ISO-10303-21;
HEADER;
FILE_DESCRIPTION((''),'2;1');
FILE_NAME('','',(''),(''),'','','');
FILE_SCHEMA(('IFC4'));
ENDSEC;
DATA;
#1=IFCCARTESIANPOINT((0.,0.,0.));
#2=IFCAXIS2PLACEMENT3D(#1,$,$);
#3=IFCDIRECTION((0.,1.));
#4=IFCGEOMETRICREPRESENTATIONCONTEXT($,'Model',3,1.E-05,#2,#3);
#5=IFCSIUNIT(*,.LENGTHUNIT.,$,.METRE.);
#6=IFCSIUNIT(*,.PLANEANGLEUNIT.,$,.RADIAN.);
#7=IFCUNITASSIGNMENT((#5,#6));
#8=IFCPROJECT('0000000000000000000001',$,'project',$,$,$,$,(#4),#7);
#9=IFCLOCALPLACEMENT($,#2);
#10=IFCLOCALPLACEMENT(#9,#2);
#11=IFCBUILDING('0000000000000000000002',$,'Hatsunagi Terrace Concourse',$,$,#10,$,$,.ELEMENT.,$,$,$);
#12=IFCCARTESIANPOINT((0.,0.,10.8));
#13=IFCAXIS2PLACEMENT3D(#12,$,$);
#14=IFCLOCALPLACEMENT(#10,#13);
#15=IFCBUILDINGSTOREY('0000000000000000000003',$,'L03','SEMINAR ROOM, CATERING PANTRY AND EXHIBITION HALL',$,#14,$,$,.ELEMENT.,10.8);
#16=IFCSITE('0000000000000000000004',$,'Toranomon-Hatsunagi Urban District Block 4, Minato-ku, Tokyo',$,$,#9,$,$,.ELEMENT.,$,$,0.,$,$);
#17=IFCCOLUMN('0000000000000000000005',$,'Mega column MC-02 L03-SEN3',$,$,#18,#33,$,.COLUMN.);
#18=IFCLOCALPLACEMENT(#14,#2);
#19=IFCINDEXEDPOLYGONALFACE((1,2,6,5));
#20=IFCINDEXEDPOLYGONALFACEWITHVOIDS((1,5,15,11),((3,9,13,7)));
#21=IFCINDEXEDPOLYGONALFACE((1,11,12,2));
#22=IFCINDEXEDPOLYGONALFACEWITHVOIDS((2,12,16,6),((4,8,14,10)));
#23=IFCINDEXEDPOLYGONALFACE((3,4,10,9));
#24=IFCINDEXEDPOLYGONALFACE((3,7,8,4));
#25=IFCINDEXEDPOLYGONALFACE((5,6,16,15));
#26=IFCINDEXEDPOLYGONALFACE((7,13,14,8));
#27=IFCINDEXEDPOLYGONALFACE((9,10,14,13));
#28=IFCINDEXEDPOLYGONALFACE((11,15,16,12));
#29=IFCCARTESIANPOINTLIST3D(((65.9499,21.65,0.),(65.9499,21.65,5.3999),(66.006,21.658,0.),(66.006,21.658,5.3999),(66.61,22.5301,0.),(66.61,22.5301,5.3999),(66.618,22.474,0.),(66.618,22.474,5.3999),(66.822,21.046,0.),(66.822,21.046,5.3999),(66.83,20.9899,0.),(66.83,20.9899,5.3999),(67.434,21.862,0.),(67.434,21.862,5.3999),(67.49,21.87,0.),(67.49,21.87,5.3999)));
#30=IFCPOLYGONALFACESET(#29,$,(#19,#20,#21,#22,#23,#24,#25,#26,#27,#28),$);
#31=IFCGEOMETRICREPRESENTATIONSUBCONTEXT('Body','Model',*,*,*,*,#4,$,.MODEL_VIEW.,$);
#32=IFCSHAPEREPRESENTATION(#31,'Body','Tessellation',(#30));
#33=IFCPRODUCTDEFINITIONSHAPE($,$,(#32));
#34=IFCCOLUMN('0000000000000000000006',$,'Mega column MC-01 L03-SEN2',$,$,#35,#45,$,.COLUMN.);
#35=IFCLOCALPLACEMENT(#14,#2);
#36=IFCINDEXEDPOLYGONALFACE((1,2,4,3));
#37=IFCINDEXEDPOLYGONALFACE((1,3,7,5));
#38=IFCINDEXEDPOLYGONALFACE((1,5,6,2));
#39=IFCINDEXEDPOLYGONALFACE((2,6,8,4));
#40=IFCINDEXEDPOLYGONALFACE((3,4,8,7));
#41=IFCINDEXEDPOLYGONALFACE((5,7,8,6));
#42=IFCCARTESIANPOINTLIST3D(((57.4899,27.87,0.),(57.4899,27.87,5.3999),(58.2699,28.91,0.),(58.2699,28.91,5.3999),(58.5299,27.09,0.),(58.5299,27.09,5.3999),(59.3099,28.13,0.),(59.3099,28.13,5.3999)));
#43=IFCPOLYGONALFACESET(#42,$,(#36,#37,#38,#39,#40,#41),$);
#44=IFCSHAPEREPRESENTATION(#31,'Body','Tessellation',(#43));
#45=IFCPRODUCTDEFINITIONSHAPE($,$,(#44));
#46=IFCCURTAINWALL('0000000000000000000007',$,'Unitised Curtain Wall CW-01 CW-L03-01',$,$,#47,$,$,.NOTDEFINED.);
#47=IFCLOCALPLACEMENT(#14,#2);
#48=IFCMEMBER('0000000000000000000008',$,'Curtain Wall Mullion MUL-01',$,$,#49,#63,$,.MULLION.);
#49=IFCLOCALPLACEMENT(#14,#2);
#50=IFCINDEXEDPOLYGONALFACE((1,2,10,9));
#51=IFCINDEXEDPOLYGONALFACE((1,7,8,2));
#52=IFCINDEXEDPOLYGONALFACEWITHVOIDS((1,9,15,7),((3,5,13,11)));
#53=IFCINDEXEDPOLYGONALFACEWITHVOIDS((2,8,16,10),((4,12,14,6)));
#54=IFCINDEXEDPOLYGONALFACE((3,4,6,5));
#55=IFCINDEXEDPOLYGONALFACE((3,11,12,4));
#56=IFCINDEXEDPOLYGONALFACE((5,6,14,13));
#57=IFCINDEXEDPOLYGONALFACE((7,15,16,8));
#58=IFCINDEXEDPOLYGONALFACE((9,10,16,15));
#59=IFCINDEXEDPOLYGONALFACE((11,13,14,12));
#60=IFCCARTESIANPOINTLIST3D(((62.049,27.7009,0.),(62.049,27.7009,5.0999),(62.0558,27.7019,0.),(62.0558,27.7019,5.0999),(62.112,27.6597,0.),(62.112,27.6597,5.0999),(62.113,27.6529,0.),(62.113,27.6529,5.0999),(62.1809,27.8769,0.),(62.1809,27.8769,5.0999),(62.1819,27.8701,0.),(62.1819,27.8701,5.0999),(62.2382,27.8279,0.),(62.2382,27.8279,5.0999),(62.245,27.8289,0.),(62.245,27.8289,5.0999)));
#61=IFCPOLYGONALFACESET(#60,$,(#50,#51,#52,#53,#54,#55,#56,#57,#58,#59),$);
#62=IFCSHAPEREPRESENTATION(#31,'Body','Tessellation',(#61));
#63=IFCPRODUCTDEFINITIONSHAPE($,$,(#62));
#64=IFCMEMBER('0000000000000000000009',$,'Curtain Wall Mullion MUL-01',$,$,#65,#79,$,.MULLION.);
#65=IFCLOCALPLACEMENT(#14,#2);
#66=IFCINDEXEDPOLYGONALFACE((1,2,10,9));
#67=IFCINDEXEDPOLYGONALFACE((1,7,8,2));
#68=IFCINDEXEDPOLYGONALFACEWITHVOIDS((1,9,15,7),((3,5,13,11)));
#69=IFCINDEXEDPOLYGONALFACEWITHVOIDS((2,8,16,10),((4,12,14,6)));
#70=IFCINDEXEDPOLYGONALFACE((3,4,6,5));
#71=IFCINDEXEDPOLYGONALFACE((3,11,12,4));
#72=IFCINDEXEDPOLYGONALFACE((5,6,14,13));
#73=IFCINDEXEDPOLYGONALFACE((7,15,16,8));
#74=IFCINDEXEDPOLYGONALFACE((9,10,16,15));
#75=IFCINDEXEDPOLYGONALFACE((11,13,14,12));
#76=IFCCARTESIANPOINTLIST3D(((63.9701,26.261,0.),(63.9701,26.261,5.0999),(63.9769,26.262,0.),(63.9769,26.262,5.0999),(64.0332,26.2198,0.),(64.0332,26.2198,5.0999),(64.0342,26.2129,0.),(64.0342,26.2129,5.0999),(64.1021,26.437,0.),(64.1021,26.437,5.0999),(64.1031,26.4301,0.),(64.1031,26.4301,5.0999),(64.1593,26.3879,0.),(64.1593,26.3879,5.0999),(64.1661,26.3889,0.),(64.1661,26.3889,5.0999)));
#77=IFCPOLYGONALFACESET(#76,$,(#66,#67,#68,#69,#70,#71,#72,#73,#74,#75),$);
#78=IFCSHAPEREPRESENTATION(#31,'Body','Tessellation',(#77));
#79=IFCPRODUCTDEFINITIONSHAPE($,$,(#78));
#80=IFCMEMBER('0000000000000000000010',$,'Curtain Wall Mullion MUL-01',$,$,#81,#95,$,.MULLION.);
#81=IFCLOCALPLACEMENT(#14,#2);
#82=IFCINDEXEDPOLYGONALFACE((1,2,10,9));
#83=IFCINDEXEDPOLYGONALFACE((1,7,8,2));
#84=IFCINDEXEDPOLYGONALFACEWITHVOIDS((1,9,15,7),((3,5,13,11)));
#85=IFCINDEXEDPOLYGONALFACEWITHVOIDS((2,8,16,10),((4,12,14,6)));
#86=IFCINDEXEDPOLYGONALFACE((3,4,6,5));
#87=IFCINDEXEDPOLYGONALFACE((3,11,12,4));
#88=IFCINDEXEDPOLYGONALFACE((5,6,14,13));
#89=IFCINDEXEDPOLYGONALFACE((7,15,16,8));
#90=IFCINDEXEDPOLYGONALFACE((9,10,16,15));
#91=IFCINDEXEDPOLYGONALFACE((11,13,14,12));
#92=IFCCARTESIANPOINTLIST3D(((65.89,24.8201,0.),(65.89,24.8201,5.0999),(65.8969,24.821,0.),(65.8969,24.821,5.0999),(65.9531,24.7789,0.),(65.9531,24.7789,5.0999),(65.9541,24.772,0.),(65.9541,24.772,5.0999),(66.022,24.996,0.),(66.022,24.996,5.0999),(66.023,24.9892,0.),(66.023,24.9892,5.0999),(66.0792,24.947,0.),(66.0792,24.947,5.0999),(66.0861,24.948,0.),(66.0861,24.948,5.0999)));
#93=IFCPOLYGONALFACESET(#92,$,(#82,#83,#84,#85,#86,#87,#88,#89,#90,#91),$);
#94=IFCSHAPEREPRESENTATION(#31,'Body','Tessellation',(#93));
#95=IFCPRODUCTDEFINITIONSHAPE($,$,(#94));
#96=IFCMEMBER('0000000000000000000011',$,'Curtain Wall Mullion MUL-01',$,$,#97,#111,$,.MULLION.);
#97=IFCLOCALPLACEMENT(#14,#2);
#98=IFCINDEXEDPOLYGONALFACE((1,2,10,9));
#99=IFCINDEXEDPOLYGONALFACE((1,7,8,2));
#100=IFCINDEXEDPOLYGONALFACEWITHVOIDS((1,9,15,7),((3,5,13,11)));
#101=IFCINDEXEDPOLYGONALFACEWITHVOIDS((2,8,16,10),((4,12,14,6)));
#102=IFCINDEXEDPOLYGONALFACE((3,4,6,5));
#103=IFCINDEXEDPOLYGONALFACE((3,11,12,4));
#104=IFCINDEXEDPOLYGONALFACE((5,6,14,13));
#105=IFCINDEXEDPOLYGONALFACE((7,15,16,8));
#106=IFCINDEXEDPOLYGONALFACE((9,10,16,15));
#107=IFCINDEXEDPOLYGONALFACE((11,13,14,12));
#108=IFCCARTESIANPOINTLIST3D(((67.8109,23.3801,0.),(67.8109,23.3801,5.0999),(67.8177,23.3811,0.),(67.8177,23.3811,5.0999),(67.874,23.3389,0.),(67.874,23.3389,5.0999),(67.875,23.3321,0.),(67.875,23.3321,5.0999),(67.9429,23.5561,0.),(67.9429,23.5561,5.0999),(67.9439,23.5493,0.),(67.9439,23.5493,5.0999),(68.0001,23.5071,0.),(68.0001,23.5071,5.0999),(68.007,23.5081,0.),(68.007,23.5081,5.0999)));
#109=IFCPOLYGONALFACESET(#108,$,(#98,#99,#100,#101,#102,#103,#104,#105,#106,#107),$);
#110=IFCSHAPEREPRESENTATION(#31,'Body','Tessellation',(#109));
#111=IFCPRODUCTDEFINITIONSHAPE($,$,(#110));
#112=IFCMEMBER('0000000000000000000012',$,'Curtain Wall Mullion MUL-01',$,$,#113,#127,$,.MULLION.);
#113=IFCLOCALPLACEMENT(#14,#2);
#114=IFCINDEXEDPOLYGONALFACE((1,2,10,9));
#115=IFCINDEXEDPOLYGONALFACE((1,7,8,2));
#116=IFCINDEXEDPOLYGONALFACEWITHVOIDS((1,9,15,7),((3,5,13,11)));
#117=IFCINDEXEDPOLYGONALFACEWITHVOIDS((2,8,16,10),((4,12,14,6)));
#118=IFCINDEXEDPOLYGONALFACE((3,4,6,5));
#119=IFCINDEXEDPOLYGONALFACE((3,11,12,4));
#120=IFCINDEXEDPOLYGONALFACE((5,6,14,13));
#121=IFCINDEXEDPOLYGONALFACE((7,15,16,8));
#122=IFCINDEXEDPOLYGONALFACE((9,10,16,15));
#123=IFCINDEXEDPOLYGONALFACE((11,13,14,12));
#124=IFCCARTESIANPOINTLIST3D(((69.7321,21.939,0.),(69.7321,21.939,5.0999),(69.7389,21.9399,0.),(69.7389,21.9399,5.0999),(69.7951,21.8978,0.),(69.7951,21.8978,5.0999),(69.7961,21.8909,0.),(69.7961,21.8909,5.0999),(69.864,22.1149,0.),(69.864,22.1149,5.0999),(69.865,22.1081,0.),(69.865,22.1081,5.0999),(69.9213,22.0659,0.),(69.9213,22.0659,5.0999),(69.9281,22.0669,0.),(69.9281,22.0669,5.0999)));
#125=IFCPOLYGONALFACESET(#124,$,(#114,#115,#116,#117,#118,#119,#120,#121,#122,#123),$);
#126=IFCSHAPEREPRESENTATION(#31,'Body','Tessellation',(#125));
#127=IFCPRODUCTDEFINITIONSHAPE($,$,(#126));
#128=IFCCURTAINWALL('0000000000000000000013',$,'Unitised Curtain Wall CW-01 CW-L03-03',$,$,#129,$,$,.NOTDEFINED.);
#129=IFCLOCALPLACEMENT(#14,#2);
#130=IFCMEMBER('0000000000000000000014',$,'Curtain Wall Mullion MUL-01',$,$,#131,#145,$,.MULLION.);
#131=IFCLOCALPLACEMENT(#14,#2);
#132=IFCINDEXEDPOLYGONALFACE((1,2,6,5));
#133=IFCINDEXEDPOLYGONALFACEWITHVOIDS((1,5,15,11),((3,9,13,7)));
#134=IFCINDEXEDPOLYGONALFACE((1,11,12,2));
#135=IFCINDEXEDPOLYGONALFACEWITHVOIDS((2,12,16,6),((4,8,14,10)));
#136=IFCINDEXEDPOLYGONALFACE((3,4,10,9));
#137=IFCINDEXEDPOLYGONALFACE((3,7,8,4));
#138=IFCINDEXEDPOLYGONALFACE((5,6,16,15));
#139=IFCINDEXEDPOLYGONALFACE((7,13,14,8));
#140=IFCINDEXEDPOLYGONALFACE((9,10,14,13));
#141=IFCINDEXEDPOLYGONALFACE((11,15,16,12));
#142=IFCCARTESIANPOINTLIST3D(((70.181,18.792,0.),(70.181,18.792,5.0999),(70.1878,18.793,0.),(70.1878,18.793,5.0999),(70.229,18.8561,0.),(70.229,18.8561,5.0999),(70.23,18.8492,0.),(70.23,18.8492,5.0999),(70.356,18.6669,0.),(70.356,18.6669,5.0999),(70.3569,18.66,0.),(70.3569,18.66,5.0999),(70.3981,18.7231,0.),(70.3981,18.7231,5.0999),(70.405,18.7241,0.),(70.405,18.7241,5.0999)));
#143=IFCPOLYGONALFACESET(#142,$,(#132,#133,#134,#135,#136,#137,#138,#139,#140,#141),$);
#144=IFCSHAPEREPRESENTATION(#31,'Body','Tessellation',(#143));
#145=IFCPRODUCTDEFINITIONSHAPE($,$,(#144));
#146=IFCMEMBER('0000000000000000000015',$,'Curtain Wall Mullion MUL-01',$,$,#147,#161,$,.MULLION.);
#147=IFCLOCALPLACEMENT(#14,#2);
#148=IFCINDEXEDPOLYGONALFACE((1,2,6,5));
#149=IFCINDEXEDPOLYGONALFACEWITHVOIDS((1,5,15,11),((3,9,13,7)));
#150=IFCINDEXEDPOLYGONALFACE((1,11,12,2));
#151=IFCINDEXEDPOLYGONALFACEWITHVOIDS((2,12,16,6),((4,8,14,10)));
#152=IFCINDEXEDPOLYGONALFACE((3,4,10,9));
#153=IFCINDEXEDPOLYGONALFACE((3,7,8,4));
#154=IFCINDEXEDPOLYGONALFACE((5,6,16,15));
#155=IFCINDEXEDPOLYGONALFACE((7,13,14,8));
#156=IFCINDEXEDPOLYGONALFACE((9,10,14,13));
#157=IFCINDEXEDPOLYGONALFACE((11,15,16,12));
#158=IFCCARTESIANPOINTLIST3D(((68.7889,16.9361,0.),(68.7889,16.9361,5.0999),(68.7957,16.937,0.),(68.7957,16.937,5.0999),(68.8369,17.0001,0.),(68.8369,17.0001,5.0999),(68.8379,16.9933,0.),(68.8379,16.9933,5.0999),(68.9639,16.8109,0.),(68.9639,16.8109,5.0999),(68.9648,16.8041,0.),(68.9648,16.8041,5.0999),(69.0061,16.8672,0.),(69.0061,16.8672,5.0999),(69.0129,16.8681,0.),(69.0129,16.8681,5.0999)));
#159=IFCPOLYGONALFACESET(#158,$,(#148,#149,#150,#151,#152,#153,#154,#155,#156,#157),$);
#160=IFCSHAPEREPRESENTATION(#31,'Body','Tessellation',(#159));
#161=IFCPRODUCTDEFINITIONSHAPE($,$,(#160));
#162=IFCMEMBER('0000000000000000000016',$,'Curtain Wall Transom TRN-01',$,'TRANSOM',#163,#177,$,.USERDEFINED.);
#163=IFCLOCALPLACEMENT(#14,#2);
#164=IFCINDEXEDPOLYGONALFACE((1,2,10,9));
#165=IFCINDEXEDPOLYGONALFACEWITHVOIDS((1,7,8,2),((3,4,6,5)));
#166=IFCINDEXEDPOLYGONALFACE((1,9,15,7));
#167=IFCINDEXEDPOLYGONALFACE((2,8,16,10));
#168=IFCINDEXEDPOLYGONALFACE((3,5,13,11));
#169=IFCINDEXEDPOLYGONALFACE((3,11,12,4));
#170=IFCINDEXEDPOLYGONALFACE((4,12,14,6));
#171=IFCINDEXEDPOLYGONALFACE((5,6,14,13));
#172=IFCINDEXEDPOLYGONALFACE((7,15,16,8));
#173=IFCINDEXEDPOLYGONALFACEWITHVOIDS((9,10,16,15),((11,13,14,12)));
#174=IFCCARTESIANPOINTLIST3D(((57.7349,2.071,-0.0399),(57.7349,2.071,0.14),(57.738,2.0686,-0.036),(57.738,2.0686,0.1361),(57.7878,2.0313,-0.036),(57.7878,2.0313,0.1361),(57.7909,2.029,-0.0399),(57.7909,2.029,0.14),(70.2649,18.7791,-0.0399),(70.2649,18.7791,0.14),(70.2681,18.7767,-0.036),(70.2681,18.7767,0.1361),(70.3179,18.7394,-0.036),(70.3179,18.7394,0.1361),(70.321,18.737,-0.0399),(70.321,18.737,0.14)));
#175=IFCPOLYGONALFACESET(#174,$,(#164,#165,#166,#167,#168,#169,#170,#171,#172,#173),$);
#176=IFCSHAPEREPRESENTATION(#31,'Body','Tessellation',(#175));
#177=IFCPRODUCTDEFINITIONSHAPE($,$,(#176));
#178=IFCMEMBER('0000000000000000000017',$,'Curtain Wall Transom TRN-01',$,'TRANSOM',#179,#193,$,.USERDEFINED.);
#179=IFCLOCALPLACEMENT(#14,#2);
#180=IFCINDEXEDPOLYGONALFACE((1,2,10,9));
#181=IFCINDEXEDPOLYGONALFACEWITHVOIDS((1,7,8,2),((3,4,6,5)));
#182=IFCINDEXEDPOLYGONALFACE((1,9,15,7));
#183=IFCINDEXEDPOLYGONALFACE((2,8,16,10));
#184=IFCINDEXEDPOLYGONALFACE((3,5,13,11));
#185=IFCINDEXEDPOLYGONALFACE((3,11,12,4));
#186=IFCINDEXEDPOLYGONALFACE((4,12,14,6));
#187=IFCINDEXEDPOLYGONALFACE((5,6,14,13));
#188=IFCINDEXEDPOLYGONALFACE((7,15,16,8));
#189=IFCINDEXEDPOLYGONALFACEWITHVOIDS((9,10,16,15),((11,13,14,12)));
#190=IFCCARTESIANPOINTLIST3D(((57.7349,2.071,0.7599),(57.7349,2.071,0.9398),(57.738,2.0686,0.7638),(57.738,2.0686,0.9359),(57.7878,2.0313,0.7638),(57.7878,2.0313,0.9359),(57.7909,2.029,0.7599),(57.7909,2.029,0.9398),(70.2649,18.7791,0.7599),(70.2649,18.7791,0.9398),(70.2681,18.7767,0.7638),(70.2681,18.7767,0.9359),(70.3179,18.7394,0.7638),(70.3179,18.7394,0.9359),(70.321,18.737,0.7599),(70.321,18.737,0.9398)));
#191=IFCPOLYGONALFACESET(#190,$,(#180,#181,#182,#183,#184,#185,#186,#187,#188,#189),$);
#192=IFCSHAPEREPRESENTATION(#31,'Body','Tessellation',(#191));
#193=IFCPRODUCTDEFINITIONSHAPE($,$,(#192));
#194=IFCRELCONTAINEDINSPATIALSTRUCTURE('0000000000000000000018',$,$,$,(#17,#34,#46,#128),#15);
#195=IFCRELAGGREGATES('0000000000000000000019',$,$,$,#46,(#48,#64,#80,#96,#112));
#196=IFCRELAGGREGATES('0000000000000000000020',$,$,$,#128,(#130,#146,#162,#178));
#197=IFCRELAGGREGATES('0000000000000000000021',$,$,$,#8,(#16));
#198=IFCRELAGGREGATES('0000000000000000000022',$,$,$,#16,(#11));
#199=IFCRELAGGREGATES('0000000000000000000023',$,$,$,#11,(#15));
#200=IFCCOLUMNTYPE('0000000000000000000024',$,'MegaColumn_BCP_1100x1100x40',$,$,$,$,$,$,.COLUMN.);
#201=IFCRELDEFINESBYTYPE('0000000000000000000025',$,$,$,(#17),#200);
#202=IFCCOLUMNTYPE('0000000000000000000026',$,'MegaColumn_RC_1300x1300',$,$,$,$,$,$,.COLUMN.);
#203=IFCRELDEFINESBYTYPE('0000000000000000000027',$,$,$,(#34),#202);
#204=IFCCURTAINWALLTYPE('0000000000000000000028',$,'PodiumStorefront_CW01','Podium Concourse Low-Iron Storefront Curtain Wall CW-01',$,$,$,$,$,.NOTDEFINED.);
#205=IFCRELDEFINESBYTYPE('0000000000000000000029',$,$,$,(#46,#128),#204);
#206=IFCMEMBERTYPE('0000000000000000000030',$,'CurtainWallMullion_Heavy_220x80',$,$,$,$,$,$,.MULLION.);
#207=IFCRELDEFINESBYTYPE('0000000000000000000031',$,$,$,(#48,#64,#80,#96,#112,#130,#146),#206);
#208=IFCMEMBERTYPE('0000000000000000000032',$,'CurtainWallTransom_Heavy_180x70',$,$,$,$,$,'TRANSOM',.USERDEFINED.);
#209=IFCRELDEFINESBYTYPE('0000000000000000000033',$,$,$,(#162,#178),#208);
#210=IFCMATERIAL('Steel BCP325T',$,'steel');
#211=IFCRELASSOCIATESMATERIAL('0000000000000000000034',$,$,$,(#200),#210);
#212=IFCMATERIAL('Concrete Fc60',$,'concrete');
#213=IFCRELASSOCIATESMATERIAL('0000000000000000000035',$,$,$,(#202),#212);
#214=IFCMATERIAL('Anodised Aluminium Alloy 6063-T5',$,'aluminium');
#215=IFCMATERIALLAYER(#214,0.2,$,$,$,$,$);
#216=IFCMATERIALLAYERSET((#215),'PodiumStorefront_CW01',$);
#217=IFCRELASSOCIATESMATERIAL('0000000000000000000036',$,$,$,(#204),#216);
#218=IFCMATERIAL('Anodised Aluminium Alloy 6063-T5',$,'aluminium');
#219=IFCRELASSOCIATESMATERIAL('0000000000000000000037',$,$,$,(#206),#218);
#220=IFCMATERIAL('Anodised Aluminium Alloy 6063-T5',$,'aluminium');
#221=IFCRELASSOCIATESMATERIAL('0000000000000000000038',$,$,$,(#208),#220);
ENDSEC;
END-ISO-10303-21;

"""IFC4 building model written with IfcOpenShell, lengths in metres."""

from ifc_helpers import new_model, si_unit, direction, frame, origin, origin_2d, place, context, subcontext, project, spatial, rectangle, hollow_rectangle, extrude, material, layer, layer_set, material_profile, profile_set, type_object, element, aggregate, save


model = new_model("IFC4")

# Units and contexts
model_context = context("Model", 3, precision=1e-05, world=origin(), true_north=direction((0.0, 1.0)))
body_context = subcontext(model_context, "Body", "Model", "MODEL_VIEW")
ifc_project = project(units=[si_unit("LENGTHUNIT", "METRE"), si_unit("PLANEANGLEUNIT", "RADIAN")], contexts=[model_context])

# Site, building, storey
site_placement = place(None, origin())
site = spatial("IfcSite", under=ifc_project, at=site_placement, Name="Toranomon-Hatsunagi Urban District Block 4, Minato-ku, Tokyo", CompositionType="ELEMENT", RefElevation=0.0)
building_placement = place(site_placement, origin())
building = spatial("IfcBuilding", under=site, at=building_placement, Name="Hatsunagi Terrace Concourse", CompositionType="ELEMENT")
storey_placement = place(building_placement, frame((0.0, 0.0, 10.8)))
storey = spatial("IfcBuildingStorey", under=building, at=storey_placement, Name="L03", Description="SEMINAR ROOM, CATERING PANTRY AND EXHIBITION HALL", CompositionType="ELEMENT", Elevation=10.8)

# Columns
ifc_material_1 = material(Name="Steel BCP325T", Category="steel")
ifc_material_profile_1 = material_profile(ifc_material_1, hollow_rectangle(XDim=1.1001, YDim=1.1001, WallThickness=0.04, at=origin_2d()), Name="BCP-1100x1100x40")
ifc_profile_set_1 = profile_set([ifc_material_profile_1], Name="Steel BCP325T")
column_type_1 = type_object("IfcColumnType", Name="MegaColumn_BCP_1100x1100x40", PredefinedType="COLUMN", material=ifc_profile_set_1)
column_1_placement = place(storey_placement, frame((66.72, 21.76, 0.0), z_axis=(0.0, 0.0, 1.0), x_axis=(0.8, -0.6, 0.0)))
element("IfcColumn", 1, at=column_1_placement, inside=storey, type_object=column_type_1, Name="Mega column MC-02 L03-SEN3", PredefinedType="COLUMN", context=body_context, shape_type="SweptSolid", body=[
    extrude(hollow_rectangle(XDim=1.1001, YDim=1.1001, WallThickness=0.04, at=origin_2d()), origin(), (0.0, 0.0, 1.0), 5.3999),
])
ifc_material_2 = material(Name="Concrete Fc60", Category="concrete")
ifc_material_profile_2 = material_profile(ifc_material_2, rectangle(XDim=1.3, YDim=1.3, at=origin_2d()), Name="RC-1300x1300")
ifc_profile_set_2 = profile_set([ifc_material_profile_2], Name="Concrete Fc60")
column_type_2 = type_object("IfcColumnType", Name="MegaColumn_RC_1300x1300", PredefinedType="COLUMN", material=ifc_profile_set_2)
column_2_placement = place(storey_placement, frame((58.3999, 28.0, 0.0), z_axis=(0.0, 0.0, 1.0), x_axis=(0.8, -0.6, 0.0)))
element("IfcColumn", 2, at=column_2_placement, inside=storey, type_object=column_type_2, Name="Mega column MC-01 L03-SEN2", PredefinedType="COLUMN", context=body_context, shape_type="SweptSolid", body=[
    extrude(rectangle(XDim=1.3, YDim=1.3, at=origin_2d()), origin(), (0.0, 0.0, 1.0), 5.3999),
])

# Curtain walls, members
ifc_material_3 = material(Name="Anodised Aluminium Alloy 6063-T5", Category="aluminium")
ifc_layer_1 = layer(ifc_material_3, 0.2)
ifc_layer_set_1 = layer_set([ifc_layer_1], Name="PodiumStorefront_CW01")
curtain_wall_type = type_object("IfcCurtainWallType", Name="PodiumStorefront_CW01", Description="Podium Concourse Low-Iron Storefront Curtain Wall CW-01", PredefinedType="NOTDEFINED", material=ifc_layer_set_1)
curtain_wall_1_placement = place(storey_placement, origin())
curtain_wall_1 = element("IfcCurtainWall", 3, at=curtain_wall_1_placement, inside=storey, type_object=curtain_wall_type, Name="Unitised Curtain Wall CW-01 CW-L03-01", PredefinedType="NOTDEFINED")
ifc_material_4 = material(Name="Anodised Aluminium Alloy 6063-T5", Category="aluminium")
ifc_material_profile_3 = material_profile(ifc_material_4, hollow_rectangle(XDim=0.0801, YDim=0.22, WallThickness=0.0049, at=origin_2d()), Name="ALU-MUL-220x80x5")
ifc_profile_set_3 = profile_set([ifc_material_profile_3], Name="Anodised Aluminium Alloy 6063-T5")
member_type_1 = type_object("IfcMemberType", Name="CurtainWallMullion_Heavy_220x80", PredefinedType="MULLION", material=ifc_profile_set_3)
member_1_placement = place(storey_placement, frame((62.147, 27.7649, 0.0), z_axis=(0.0, 0.0, 1.0), x_axis=(0.800007, -0.59999, 0.0)))
member_1 = element("IfcMember", 4, at=member_1_placement, type_object=member_type_1, Name="Curtain Wall Mullion MUL-01", PredefinedType="MULLION", context=body_context, shape_type="SweptSolid", body=[
    extrude(hollow_rectangle(XDim=0.0801, YDim=0.22, WallThickness=0.0049, at=origin_2d()), origin(), (0.0, 0.0, 1.0), 5.0999),
])
member_2_placement = place(storey_placement, frame((64.0681, 26.325, 0.0), z_axis=(0.0, 0.0, 1.0), x_axis=(0.800007, -0.59999, 0.0)))
member_2 = element("IfcMember", 5, at=member_2_placement, type_object=member_type_1, Name="Curtain Wall Mullion MUL-01", PredefinedType="MULLION", context=body_context, shape_type="SweptSolid", body=[
    extrude(hollow_rectangle(XDim=0.0801, YDim=0.22, WallThickness=0.0049, at=origin_2d()), origin(), (0.0, 0.0, 1.0), 5.0999),
])
member_3_placement = place(storey_placement, frame((65.988, 24.884, 0.0), z_axis=(0.0, 0.0, 1.0), x_axis=(0.800007, -0.59999, 0.0)))
member_3 = element("IfcMember", 6, at=member_3_placement, type_object=member_type_1, Name="Curtain Wall Mullion MUL-01", PredefinedType="MULLION", context=body_context, shape_type="SweptSolid", body=[
    extrude(hollow_rectangle(XDim=0.0801, YDim=0.22, WallThickness=0.0049, at=origin_2d()), origin(), (0.0, 0.0, 1.0), 5.0999),
])
member_4_placement = place(storey_placement, frame((67.9089, 23.4441, 0.0), z_axis=(0.0, 0.0, 1.0), x_axis=(0.800007, -0.59999, 0.0)))
member_4 = element("IfcMember", 7, at=member_4_placement, type_object=member_type_1, Name="Curtain Wall Mullion MUL-01", PredefinedType="MULLION", context=body_context, shape_type="SweptSolid", body=[
    extrude(hollow_rectangle(XDim=0.0801, YDim=0.22, WallThickness=0.0049, at=origin_2d()), origin(), (0.0, 0.0, 1.0), 5.0999),
])
member_5_placement = place(storey_placement, frame((69.8301, 22.0029, 0.0), z_axis=(0.0, 0.0, 1.0), x_axis=(0.800007, -0.59999, 0.0)))
member_5 = element("IfcMember", 8, at=member_5_placement, type_object=member_type_1, Name="Curtain Wall Mullion MUL-01", PredefinedType="MULLION", context=body_context, shape_type="SweptSolid", body=[
    extrude(hollow_rectangle(XDim=0.0801, YDim=0.22, WallThickness=0.0049, at=origin_2d()), origin(), (0.0, 0.0, 1.0), 5.0999),
])
curtain_wall_2_placement = place(storey_placement, origin())
curtain_wall_2 = element("IfcCurtainWall", 9, at=curtain_wall_2_placement, inside=storey, type_object=curtain_wall_type, Name="Unitised Curtain Wall CW-01 CW-L03-03", PredefinedType="NOTDEFINED")
member_6_placement = place(storey_placement, frame((70.293, 18.7581, 0.0), z_axis=(0.0, 0.0, 1.0), x_axis=(-0.599969, -0.800023, 0.0)))
member_6 = element("IfcMember", 10, at=member_6_placement, type_object=member_type_1, Name="Curtain Wall Mullion MUL-01", PredefinedType="MULLION", context=body_context, shape_type="SweptSolid", body=[
    extrude(hollow_rectangle(XDim=0.0801, YDim=0.22, WallThickness=0.0049, at=origin_2d()), origin(), (0.0, 0.0, 1.0), 5.0999),
])
member_7_placement = place(storey_placement, frame((68.9009, 16.9021, 0.0), z_axis=(0.0, 0.0, 1.0), x_axis=(-0.599969, -0.800023, 0.0)))
member_7 = element("IfcMember", 11, at=member_7_placement, type_object=member_type_1, Name="Curtain Wall Mullion MUL-01", PredefinedType="MULLION", context=body_context, shape_type="SweptSolid", body=[
    extrude(hollow_rectangle(XDim=0.0801, YDim=0.22, WallThickness=0.0049, at=origin_2d()), origin(), (0.0, 0.0, 1.0), 5.0999),
])
ifc_material_5 = material(Name="Anodised Aluminium Alloy 6063-T5", Category="aluminium")
ifc_material_profile_4 = material_profile(ifc_material_5, hollow_rectangle(XDim=0.0701, YDim=0.1799, WallThickness=0.0039, at=origin_2d()), Name="ALU-TRN-180x70x4")
ifc_profile_set_4 = profile_set([ifc_material_profile_4], Name="Anodised Aluminium Alloy 6063-T5")
member_type_2 = type_object("IfcMemberType", Name="CurtainWallTransom_Heavy_180x70", ElementType="TRANSOM", PredefinedType="USERDEFINED", material=ifc_profile_set_4)
member_8_placement = place(storey_placement, frame((70.293, 18.7581, 0.05), z_axis=(-0.59997, -0.800022, 0.0), x_axis=(0.800022, -0.59997, 0.0)))
member_8 = element("IfcMember", 12, at=member_8_placement, type_object=member_type_2, Name="Curtain Wall Transom TRN-01", ObjectType="TRANSOM", PredefinedType="USERDEFINED", context=body_context, shape_type="SweptSolid", body=[
    extrude(hollow_rectangle(XDim=0.0701, YDim=0.1799, WallThickness=0.0039, at=origin_2d()), origin(), (0.0, 0.0, 1.0), 20.8845),
])
member_9_placement = place(storey_placement, frame((70.293, 18.7581, 0.8499), z_axis=(-0.59997, -0.800022, 0.0), x_axis=(0.800022, -0.59997, 0.0)))
member_9 = element("IfcMember", 13, at=member_9_placement, type_object=member_type_2, Name="Curtain Wall Transom TRN-01", ObjectType="TRANSOM", PredefinedType="USERDEFINED", context=body_context, shape_type="SweptSolid", body=[
    extrude(hollow_rectangle(XDim=0.0701, YDim=0.1799, WallThickness=0.0039, at=origin_2d()), origin(), (0.0, 0.0, 1.0), 20.8845),
])

aggregate(curtain_wall_1, [member_1, member_2, member_3, member_4, member_5])
aggregate(curtain_wall_2, [member_6, member_7, member_8, member_9])

save(model, "model.ifc")
